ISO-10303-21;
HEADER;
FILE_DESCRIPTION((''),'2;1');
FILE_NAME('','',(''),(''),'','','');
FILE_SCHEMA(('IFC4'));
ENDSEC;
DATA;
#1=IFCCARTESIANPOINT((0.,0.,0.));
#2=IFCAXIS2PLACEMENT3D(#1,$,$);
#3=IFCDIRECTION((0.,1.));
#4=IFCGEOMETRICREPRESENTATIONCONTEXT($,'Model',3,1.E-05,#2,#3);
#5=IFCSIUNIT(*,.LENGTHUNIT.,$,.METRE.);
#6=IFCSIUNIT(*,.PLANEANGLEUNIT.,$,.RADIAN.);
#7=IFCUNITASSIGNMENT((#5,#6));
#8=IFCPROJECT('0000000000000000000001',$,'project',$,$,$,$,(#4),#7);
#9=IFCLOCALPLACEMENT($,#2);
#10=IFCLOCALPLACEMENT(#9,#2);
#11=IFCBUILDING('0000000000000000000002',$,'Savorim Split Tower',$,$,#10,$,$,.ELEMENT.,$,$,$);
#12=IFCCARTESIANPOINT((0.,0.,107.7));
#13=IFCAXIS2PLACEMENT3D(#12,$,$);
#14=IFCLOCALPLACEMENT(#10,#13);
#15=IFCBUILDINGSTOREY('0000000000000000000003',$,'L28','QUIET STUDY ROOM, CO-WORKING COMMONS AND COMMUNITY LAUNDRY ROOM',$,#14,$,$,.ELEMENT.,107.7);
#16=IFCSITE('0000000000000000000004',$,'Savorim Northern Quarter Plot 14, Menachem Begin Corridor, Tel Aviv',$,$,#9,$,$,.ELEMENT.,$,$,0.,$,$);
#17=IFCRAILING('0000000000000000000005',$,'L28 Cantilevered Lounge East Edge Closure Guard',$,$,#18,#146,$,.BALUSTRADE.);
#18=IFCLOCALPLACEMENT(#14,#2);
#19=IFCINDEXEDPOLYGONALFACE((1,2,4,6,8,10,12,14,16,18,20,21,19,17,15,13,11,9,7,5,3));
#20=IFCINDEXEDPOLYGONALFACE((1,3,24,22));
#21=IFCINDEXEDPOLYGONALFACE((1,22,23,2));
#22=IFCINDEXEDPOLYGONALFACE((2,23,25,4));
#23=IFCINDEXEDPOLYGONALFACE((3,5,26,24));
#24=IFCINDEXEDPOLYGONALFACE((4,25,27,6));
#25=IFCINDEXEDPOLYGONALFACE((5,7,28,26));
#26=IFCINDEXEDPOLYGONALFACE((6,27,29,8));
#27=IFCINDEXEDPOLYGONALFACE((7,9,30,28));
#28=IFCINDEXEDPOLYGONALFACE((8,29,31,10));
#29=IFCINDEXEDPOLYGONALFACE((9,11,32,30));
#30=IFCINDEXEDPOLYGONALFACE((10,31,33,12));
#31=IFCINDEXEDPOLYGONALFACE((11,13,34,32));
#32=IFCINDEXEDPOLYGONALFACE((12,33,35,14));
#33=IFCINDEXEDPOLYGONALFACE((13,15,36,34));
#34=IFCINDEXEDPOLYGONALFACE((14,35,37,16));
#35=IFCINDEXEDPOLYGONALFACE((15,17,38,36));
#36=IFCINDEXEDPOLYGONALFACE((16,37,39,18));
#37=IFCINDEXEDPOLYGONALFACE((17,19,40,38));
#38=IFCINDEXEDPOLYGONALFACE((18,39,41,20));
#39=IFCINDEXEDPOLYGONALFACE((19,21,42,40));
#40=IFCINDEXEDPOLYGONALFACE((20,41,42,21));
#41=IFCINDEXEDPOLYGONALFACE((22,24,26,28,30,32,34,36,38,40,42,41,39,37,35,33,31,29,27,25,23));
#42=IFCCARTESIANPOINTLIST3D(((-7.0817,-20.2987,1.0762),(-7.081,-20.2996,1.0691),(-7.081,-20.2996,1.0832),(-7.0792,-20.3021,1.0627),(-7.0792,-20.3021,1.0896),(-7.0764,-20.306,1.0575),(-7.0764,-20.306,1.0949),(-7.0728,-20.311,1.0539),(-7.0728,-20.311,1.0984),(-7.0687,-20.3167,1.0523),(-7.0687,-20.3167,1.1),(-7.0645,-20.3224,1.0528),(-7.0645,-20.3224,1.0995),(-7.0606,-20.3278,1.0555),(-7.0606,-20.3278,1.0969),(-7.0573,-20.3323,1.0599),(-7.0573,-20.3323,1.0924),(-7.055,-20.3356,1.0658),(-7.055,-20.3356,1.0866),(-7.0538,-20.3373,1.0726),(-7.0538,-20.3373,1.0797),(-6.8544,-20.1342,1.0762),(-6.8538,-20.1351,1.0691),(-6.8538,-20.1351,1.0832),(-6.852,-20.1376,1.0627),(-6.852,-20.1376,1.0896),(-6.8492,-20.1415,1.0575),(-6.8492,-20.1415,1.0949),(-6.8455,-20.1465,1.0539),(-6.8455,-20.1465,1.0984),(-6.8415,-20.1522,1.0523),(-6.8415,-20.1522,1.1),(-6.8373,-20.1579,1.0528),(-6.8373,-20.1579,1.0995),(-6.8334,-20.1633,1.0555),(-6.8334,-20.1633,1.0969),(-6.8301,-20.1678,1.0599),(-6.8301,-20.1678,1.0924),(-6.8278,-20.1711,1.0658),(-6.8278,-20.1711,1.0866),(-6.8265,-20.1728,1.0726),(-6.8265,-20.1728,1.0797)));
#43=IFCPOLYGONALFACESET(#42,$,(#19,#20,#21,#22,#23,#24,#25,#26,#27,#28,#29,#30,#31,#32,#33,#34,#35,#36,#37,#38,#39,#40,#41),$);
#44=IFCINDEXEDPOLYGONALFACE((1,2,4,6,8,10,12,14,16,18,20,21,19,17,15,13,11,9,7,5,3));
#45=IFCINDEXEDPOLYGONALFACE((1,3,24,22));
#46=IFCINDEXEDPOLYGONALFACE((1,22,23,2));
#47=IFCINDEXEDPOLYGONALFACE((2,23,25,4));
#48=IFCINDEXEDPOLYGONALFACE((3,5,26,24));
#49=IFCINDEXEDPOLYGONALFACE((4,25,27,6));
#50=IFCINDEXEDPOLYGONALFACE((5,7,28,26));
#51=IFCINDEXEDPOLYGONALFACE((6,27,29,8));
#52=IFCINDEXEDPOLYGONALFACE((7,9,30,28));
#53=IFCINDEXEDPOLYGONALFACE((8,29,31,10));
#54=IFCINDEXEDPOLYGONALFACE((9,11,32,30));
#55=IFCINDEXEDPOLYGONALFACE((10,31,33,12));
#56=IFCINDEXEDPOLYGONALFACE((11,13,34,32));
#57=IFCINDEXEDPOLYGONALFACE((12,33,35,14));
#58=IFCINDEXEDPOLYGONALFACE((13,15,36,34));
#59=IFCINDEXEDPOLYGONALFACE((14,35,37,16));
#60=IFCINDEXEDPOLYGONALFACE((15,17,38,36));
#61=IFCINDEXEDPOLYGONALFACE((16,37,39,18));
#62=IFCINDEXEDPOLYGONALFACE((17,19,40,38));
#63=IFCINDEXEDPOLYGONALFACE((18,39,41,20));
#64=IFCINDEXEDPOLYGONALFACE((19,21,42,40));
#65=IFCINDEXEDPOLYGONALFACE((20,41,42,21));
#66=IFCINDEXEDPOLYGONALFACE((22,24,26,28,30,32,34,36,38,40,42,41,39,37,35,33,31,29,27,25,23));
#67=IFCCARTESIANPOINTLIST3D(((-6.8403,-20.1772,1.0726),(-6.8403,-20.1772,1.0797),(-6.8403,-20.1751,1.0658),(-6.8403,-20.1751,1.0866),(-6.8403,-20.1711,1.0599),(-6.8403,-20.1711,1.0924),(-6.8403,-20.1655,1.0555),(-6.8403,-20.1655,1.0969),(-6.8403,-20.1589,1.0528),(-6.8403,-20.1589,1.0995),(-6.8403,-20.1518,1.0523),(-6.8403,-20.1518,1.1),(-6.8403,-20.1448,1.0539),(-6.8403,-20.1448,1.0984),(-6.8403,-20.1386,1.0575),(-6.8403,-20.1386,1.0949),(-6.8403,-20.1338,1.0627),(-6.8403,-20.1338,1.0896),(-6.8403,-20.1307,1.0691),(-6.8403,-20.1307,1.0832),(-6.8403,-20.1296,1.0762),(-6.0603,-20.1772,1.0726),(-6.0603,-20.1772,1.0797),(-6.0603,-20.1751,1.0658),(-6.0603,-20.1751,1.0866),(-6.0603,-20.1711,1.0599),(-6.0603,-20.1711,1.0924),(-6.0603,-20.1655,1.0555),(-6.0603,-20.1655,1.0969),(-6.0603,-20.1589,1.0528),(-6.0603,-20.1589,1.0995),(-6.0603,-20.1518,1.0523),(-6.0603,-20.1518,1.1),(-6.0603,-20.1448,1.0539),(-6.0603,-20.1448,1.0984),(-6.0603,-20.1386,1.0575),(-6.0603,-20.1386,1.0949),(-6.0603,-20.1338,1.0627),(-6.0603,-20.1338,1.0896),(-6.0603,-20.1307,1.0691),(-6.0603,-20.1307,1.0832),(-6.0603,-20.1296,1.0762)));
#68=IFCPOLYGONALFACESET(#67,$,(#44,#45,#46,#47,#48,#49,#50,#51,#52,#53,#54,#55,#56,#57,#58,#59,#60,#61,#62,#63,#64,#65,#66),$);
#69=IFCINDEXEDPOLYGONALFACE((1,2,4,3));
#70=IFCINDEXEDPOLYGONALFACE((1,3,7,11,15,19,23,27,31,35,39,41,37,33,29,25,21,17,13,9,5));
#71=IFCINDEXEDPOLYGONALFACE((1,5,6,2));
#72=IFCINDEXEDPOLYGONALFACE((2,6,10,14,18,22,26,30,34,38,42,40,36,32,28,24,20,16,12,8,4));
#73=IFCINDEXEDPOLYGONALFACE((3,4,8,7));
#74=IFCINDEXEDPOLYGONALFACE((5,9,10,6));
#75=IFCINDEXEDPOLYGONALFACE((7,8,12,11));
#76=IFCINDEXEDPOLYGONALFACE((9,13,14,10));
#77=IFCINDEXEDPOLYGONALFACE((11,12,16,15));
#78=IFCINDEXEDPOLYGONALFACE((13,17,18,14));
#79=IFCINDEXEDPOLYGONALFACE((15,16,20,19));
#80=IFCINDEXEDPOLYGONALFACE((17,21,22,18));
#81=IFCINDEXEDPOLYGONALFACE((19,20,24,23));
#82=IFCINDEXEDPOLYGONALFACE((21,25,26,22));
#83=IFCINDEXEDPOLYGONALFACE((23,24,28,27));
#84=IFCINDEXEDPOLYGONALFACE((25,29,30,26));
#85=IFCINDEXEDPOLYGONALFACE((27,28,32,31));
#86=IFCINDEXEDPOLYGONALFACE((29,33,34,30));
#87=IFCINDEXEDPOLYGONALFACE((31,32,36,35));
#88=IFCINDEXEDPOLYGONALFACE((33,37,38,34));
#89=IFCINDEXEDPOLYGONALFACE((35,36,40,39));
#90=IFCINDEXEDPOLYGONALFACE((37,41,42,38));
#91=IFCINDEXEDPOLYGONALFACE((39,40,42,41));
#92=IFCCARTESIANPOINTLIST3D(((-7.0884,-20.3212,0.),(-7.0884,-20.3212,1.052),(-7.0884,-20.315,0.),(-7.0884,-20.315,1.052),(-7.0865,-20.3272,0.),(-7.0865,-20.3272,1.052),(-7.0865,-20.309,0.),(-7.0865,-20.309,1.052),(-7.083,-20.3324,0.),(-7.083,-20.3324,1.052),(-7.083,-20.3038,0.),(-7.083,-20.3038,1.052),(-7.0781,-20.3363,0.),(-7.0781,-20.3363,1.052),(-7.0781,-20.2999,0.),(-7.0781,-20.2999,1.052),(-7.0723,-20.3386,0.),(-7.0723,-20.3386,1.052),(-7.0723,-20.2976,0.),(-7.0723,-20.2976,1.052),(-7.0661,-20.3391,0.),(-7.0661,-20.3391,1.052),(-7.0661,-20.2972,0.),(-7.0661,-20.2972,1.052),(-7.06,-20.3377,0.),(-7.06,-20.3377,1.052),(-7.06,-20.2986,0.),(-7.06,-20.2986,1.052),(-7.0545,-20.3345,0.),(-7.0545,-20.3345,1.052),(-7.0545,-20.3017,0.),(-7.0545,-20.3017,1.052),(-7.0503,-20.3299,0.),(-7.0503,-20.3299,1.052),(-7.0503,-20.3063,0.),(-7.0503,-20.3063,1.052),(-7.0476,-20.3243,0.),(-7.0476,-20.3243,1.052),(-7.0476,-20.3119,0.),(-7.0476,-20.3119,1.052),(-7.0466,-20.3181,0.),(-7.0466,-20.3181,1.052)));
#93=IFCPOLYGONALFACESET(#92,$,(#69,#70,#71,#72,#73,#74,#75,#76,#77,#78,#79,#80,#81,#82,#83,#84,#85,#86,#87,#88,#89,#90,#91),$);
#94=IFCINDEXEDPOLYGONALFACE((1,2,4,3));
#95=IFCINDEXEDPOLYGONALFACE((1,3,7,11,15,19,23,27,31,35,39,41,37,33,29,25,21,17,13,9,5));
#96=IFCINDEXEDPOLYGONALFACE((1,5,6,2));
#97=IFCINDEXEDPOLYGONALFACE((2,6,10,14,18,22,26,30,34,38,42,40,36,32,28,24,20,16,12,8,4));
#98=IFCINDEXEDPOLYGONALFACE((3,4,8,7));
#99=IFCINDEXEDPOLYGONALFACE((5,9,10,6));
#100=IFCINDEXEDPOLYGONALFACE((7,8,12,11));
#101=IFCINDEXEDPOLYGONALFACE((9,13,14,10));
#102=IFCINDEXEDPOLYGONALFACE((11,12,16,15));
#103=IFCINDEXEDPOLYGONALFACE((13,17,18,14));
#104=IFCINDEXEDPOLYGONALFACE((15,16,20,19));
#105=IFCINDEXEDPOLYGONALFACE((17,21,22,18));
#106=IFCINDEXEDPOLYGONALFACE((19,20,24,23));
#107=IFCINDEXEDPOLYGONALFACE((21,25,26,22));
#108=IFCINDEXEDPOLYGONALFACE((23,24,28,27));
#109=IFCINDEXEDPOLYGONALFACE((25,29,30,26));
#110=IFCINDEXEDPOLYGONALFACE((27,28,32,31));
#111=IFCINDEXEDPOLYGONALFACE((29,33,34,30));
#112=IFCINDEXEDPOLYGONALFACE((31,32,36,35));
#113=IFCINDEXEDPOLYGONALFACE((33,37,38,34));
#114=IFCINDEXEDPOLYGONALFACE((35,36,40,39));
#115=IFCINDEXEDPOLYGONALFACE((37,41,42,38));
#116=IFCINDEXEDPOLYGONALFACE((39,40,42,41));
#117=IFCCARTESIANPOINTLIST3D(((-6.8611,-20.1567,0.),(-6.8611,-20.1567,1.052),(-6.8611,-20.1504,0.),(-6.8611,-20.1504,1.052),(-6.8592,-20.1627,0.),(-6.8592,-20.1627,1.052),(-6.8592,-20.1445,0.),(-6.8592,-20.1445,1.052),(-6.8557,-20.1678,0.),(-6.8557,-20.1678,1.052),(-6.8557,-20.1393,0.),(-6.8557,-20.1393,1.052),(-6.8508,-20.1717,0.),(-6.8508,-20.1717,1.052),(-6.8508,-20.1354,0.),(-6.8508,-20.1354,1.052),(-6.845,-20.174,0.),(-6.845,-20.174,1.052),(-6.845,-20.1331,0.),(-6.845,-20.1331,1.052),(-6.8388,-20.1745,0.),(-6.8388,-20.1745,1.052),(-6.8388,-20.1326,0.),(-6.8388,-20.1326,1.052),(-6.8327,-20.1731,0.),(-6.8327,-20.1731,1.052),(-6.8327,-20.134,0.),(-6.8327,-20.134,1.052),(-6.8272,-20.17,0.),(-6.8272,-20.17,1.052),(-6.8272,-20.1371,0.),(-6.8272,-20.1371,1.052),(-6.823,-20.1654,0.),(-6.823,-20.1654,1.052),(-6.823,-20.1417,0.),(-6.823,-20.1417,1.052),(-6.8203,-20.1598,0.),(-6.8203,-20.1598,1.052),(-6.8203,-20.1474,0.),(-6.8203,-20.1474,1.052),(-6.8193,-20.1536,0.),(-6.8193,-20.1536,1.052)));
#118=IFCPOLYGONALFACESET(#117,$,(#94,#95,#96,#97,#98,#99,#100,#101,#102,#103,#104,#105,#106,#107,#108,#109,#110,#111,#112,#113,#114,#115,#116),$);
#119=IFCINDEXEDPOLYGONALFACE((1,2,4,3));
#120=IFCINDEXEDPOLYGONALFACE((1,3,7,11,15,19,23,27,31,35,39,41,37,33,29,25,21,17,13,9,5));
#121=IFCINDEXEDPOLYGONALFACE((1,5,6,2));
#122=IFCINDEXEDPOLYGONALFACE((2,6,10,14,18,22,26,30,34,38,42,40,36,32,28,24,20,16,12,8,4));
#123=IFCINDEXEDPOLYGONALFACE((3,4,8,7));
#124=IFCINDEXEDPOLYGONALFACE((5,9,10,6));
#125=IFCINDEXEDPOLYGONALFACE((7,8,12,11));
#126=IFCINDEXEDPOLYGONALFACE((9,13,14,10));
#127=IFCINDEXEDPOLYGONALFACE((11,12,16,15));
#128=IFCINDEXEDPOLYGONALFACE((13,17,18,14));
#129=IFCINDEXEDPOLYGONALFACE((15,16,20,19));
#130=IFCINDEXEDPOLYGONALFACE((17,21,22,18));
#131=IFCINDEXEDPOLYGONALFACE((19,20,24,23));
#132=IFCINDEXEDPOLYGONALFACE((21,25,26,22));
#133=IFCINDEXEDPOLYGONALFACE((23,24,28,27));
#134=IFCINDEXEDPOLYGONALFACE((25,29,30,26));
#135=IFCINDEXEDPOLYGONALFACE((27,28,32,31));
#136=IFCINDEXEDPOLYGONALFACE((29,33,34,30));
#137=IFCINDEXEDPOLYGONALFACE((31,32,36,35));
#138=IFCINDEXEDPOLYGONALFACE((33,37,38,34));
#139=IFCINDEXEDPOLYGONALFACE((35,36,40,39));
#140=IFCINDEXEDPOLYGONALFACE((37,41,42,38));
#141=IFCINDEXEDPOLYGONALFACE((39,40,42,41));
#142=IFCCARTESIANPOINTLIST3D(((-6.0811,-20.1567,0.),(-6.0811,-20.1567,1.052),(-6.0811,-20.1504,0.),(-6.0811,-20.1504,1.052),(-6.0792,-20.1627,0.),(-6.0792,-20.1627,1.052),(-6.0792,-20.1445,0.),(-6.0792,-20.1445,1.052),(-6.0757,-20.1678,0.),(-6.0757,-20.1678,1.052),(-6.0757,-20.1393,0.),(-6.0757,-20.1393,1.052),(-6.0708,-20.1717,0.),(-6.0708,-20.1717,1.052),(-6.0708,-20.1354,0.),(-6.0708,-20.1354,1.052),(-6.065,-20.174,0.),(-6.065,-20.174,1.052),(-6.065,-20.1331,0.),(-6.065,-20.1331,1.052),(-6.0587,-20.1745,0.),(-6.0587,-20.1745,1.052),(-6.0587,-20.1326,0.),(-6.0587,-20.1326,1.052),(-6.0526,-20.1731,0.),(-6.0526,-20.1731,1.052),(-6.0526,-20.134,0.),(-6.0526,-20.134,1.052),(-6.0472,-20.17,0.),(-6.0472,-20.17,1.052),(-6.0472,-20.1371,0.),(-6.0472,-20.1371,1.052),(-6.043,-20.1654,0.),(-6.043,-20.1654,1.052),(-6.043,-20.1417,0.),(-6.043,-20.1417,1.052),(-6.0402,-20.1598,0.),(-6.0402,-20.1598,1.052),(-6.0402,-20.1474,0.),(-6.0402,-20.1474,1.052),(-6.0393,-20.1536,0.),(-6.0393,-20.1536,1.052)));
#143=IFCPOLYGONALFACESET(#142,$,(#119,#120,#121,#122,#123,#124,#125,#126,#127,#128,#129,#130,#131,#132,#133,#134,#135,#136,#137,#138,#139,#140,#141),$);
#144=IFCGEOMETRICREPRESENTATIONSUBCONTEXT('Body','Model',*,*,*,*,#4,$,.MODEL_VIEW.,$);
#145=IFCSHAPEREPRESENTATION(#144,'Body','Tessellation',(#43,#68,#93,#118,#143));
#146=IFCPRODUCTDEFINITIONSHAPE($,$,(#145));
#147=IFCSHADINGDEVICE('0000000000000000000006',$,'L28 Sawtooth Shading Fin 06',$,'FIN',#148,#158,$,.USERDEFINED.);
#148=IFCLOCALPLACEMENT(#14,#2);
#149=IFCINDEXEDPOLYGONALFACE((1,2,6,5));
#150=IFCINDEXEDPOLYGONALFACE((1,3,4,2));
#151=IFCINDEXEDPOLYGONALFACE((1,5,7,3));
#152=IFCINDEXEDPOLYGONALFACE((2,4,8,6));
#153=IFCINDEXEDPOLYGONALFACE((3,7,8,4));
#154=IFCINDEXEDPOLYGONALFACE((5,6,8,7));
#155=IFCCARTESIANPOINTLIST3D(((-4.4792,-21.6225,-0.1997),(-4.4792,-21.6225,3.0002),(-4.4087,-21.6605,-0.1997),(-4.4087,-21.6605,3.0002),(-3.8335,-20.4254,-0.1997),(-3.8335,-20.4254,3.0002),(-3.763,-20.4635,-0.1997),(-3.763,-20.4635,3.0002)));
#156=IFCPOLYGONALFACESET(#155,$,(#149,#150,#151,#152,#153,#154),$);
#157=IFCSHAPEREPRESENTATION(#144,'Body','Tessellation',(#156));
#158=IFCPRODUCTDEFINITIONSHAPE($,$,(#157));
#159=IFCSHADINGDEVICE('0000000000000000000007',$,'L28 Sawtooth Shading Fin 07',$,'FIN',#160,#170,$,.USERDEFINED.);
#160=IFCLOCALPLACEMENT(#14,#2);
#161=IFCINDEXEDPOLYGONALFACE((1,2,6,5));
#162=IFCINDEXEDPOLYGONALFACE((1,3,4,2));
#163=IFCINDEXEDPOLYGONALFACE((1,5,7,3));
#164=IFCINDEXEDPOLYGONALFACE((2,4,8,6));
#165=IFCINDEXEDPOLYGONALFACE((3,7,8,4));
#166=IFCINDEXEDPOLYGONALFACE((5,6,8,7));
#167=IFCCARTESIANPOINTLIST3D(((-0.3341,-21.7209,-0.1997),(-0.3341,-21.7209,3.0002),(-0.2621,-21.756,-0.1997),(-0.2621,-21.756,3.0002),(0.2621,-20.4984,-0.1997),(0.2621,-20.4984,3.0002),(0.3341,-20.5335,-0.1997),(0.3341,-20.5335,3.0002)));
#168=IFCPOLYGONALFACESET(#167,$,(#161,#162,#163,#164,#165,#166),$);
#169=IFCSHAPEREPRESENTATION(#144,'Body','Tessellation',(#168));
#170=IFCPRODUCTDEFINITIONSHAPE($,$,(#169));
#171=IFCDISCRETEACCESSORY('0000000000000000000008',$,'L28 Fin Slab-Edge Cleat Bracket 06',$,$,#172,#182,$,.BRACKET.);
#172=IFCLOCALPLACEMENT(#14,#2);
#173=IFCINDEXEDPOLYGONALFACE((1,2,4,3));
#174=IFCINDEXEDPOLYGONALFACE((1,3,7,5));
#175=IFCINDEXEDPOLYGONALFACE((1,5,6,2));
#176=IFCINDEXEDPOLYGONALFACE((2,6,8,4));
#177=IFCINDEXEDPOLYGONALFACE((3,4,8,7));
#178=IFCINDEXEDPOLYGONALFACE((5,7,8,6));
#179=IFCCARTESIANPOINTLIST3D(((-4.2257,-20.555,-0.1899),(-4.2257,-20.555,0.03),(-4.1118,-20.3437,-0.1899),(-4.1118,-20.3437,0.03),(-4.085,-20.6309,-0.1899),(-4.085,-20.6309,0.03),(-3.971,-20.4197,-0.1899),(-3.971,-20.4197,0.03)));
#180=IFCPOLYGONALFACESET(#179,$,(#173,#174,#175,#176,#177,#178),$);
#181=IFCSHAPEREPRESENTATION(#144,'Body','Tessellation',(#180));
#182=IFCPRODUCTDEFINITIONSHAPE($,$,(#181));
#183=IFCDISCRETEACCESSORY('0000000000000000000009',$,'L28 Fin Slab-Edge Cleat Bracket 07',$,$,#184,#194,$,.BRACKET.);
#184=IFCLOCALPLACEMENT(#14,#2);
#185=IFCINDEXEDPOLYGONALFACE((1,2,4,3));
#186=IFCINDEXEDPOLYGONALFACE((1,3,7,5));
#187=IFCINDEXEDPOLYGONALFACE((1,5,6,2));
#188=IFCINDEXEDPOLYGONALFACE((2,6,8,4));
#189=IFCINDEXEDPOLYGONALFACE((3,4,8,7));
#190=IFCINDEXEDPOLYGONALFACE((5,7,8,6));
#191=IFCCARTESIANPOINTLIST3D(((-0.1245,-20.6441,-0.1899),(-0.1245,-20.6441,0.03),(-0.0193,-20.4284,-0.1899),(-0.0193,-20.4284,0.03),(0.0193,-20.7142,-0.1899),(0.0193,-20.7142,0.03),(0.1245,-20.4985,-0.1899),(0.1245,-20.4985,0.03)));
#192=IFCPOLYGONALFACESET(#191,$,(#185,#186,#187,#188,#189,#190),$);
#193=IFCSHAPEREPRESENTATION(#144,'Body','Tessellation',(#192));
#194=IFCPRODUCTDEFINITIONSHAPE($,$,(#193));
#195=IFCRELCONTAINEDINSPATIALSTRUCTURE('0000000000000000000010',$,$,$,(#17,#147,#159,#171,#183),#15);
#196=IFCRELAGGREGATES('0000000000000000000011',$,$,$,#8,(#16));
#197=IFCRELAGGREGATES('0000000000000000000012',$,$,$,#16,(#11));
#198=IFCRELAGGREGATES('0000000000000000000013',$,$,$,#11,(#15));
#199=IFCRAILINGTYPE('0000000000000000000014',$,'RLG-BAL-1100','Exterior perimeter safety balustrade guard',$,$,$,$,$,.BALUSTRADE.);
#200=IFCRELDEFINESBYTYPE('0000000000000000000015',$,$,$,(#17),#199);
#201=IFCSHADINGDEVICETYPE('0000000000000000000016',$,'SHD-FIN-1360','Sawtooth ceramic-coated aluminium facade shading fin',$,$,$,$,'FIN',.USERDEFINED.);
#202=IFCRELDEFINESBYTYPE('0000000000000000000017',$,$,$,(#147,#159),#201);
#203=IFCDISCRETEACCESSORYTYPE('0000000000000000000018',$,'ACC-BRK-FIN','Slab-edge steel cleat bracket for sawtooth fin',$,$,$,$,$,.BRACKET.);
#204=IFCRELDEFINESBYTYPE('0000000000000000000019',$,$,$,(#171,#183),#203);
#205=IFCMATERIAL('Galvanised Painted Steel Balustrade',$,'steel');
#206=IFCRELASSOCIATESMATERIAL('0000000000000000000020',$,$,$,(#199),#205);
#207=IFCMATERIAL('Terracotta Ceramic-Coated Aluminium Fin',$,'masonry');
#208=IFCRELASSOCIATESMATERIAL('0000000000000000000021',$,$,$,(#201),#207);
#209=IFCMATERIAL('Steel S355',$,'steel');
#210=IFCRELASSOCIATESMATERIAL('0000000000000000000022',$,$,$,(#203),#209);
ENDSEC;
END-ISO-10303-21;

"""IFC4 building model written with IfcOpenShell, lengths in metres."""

from ifc_helpers import new_model, si_unit, direction, frame, origin, origin_2d, place, context, subcontext, project, spatial, rectangle, circle, extrude, material, type_object, element, save


model = new_model("IFC4")

# Units and contexts
model_context = context("Model", 3, precision=1e-05, world=origin(), true_north=direction((0.0, 1.0)))
body_context = subcontext(model_context, "Body", "Model", "MODEL_VIEW")
ifc_project = project(units=[si_unit("LENGTHUNIT", "METRE"), si_unit("PLANEANGLEUNIT", "RADIAN")], contexts=[model_context])

# Site, building, storey
site_placement = place(None, origin())
site = spatial("IfcSite", under=ifc_project, at=site_placement, Name="Savorim Northern Quarter Plot 14, Menachem Begin Corridor, Tel Aviv", CompositionType="ELEMENT", RefElevation=0.0)
building_placement = place(site_placement, origin())
building = spatial("IfcBuilding", under=site, at=building_placement, Name="Savorim Split Tower", CompositionType="ELEMENT")
storey_placement = place(building_placement, frame((0.0, 0.0, 107.7)))
storey = spatial("IfcBuildingStorey", under=building, at=storey_placement, Name="L28", Description="QUIET STUDY ROOM, CO-WORKING COMMONS AND COMMUNITY LAUNDRY ROOM", CompositionType="ELEMENT", Elevation=107.7)

# Shared definitions
ifc_material_1 = material(Name="Steel S355", Category="steel")

# Railing
ifc_material_2 = material(Name="Galvanised Painted Steel Balustrade", Category="steel")
railing_type = type_object("IfcRailingType", Name="RLG-BAL-1100", Description="Exterior perimeter safety balustrade guard", PredefinedType="BALUSTRADE", material=ifc_material_2)
railing_placement = place(storey_placement, frame((-7.0676, -20.3181, 0.0)))
element("IfcRailing", 1, at=railing_placement, inside=storey, type_object=railing_type, Name="L28 Cantilevered Lounge East Edge Closure Guard", PredefinedType="BALUSTRADE", context=body_context, shape_type="SweptSolid", body=[
    extrude(circle(Radius=0.0239, at=origin_2d()), frame((0.0, 0.0, 1.0762), z_axis=(0.810013, 0.586411, 0.0), x_axis=(-0.586411, 0.810013, 0.0)), (0.0, 0.0, 1.0), 0.2805),
    extrude(circle(Radius=0.0239, at=origin_2d()), frame((0.2273, 0.1646, 1.0762), z_axis=(1.0, 0.0, 0.0), x_axis=(0.0, 1.0, 0.0)), (0.0, 0.0, 1.0), 0.78),
    extrude(circle(Radius=0.021, at=origin_2d()), origin(), (0.0, 0.0, 1.0), 1.052),
    extrude(circle(Radius=0.021, at=origin_2d()), frame((0.2273, 0.1646, 0.0)), (0.0, 0.0, 1.0), 1.052),
    extrude(circle(Radius=0.021, at=origin_2d()), frame((1.0073, 0.1646, 0.0)), (0.0, 0.0, 1.0), 1.052),
])

# Shading devices
ifc_material_3 = material(Name="Terracotta Ceramic-Coated Aluminium Fin", Category="masonry")
shading_device_type = type_object("IfcShadingDeviceType", Name="SHD-FIN-1360", Description="Sawtooth ceramic-coated aluminium facade shading fin", ElementType="FIN", PredefinedType="USERDEFINED", material=ifc_material_3)
for number, where, z_axis, x_axis, name in (
    (2, (-4.1211, -21.043, -0.1997), (0.0, 0.0, 1.0), (-0.474778, -0.880106, 0.0), "L28 Sawtooth Shading Fin 06"),
    (3, (0.0, -21.1272, -0.1997), (0.0, 0.0, 1.0), (-0.438371, -0.898794, 0.0), "L28 Sawtooth Shading Fin 07"),
):
    element("IfcShadingDevice", number, at=place(storey_placement, frame(where, z_axis=z_axis, x_axis=x_axis)), inside=storey, type_object=shading_device_type, Name=name, ObjectType="FIN", PredefinedType="USERDEFINED", context=body_context, shape_type="SweptSolid", body=[
        extrude(rectangle(XDim=1.3601, YDim=0.0801, at=origin_2d()), origin(), (0.0, 0.0, 1.0), 3.2),
    ])

# Discrete accessories
discrete_accessory_type = type_object("IfcDiscreteAccessoryType", Name="ACC-BRK-FIN", Description="Slab-edge steel cleat bracket for sawtooth fin", PredefinedType="BRACKET", material=ifc_material_1)
for number, where, z_axis, x_axis, name in (
    (4, (-4.0984, -20.4873, -0.1899), (0.0, 0.0, 1.0), (-0.474778, -0.880106, 0.0), "L28 Fin Slab-Edge Cleat Bracket 06"),
    (5, (0.0, -20.5713, -0.1899), (0.0, 0.0, 1.0), (-0.438371, -0.898794, 0.0), "L28 Fin Slab-Edge Cleat Bracket 07"),
):
    element("IfcDiscreteAccessory", number, at=place(storey_placement, frame(where, z_axis=z_axis, x_axis=x_axis)), inside=storey, type_object=discrete_accessory_type, Name=name, PredefinedType="BRACKET", context=body_context, shape_type="SweptSolid", body=[
        extrude(rectangle(XDim=0.24, YDim=0.1599, at=origin_2d()), origin(), (0.0, 0.0, 1.0), 0.22),
    ])

save(model, "model.ifc")
